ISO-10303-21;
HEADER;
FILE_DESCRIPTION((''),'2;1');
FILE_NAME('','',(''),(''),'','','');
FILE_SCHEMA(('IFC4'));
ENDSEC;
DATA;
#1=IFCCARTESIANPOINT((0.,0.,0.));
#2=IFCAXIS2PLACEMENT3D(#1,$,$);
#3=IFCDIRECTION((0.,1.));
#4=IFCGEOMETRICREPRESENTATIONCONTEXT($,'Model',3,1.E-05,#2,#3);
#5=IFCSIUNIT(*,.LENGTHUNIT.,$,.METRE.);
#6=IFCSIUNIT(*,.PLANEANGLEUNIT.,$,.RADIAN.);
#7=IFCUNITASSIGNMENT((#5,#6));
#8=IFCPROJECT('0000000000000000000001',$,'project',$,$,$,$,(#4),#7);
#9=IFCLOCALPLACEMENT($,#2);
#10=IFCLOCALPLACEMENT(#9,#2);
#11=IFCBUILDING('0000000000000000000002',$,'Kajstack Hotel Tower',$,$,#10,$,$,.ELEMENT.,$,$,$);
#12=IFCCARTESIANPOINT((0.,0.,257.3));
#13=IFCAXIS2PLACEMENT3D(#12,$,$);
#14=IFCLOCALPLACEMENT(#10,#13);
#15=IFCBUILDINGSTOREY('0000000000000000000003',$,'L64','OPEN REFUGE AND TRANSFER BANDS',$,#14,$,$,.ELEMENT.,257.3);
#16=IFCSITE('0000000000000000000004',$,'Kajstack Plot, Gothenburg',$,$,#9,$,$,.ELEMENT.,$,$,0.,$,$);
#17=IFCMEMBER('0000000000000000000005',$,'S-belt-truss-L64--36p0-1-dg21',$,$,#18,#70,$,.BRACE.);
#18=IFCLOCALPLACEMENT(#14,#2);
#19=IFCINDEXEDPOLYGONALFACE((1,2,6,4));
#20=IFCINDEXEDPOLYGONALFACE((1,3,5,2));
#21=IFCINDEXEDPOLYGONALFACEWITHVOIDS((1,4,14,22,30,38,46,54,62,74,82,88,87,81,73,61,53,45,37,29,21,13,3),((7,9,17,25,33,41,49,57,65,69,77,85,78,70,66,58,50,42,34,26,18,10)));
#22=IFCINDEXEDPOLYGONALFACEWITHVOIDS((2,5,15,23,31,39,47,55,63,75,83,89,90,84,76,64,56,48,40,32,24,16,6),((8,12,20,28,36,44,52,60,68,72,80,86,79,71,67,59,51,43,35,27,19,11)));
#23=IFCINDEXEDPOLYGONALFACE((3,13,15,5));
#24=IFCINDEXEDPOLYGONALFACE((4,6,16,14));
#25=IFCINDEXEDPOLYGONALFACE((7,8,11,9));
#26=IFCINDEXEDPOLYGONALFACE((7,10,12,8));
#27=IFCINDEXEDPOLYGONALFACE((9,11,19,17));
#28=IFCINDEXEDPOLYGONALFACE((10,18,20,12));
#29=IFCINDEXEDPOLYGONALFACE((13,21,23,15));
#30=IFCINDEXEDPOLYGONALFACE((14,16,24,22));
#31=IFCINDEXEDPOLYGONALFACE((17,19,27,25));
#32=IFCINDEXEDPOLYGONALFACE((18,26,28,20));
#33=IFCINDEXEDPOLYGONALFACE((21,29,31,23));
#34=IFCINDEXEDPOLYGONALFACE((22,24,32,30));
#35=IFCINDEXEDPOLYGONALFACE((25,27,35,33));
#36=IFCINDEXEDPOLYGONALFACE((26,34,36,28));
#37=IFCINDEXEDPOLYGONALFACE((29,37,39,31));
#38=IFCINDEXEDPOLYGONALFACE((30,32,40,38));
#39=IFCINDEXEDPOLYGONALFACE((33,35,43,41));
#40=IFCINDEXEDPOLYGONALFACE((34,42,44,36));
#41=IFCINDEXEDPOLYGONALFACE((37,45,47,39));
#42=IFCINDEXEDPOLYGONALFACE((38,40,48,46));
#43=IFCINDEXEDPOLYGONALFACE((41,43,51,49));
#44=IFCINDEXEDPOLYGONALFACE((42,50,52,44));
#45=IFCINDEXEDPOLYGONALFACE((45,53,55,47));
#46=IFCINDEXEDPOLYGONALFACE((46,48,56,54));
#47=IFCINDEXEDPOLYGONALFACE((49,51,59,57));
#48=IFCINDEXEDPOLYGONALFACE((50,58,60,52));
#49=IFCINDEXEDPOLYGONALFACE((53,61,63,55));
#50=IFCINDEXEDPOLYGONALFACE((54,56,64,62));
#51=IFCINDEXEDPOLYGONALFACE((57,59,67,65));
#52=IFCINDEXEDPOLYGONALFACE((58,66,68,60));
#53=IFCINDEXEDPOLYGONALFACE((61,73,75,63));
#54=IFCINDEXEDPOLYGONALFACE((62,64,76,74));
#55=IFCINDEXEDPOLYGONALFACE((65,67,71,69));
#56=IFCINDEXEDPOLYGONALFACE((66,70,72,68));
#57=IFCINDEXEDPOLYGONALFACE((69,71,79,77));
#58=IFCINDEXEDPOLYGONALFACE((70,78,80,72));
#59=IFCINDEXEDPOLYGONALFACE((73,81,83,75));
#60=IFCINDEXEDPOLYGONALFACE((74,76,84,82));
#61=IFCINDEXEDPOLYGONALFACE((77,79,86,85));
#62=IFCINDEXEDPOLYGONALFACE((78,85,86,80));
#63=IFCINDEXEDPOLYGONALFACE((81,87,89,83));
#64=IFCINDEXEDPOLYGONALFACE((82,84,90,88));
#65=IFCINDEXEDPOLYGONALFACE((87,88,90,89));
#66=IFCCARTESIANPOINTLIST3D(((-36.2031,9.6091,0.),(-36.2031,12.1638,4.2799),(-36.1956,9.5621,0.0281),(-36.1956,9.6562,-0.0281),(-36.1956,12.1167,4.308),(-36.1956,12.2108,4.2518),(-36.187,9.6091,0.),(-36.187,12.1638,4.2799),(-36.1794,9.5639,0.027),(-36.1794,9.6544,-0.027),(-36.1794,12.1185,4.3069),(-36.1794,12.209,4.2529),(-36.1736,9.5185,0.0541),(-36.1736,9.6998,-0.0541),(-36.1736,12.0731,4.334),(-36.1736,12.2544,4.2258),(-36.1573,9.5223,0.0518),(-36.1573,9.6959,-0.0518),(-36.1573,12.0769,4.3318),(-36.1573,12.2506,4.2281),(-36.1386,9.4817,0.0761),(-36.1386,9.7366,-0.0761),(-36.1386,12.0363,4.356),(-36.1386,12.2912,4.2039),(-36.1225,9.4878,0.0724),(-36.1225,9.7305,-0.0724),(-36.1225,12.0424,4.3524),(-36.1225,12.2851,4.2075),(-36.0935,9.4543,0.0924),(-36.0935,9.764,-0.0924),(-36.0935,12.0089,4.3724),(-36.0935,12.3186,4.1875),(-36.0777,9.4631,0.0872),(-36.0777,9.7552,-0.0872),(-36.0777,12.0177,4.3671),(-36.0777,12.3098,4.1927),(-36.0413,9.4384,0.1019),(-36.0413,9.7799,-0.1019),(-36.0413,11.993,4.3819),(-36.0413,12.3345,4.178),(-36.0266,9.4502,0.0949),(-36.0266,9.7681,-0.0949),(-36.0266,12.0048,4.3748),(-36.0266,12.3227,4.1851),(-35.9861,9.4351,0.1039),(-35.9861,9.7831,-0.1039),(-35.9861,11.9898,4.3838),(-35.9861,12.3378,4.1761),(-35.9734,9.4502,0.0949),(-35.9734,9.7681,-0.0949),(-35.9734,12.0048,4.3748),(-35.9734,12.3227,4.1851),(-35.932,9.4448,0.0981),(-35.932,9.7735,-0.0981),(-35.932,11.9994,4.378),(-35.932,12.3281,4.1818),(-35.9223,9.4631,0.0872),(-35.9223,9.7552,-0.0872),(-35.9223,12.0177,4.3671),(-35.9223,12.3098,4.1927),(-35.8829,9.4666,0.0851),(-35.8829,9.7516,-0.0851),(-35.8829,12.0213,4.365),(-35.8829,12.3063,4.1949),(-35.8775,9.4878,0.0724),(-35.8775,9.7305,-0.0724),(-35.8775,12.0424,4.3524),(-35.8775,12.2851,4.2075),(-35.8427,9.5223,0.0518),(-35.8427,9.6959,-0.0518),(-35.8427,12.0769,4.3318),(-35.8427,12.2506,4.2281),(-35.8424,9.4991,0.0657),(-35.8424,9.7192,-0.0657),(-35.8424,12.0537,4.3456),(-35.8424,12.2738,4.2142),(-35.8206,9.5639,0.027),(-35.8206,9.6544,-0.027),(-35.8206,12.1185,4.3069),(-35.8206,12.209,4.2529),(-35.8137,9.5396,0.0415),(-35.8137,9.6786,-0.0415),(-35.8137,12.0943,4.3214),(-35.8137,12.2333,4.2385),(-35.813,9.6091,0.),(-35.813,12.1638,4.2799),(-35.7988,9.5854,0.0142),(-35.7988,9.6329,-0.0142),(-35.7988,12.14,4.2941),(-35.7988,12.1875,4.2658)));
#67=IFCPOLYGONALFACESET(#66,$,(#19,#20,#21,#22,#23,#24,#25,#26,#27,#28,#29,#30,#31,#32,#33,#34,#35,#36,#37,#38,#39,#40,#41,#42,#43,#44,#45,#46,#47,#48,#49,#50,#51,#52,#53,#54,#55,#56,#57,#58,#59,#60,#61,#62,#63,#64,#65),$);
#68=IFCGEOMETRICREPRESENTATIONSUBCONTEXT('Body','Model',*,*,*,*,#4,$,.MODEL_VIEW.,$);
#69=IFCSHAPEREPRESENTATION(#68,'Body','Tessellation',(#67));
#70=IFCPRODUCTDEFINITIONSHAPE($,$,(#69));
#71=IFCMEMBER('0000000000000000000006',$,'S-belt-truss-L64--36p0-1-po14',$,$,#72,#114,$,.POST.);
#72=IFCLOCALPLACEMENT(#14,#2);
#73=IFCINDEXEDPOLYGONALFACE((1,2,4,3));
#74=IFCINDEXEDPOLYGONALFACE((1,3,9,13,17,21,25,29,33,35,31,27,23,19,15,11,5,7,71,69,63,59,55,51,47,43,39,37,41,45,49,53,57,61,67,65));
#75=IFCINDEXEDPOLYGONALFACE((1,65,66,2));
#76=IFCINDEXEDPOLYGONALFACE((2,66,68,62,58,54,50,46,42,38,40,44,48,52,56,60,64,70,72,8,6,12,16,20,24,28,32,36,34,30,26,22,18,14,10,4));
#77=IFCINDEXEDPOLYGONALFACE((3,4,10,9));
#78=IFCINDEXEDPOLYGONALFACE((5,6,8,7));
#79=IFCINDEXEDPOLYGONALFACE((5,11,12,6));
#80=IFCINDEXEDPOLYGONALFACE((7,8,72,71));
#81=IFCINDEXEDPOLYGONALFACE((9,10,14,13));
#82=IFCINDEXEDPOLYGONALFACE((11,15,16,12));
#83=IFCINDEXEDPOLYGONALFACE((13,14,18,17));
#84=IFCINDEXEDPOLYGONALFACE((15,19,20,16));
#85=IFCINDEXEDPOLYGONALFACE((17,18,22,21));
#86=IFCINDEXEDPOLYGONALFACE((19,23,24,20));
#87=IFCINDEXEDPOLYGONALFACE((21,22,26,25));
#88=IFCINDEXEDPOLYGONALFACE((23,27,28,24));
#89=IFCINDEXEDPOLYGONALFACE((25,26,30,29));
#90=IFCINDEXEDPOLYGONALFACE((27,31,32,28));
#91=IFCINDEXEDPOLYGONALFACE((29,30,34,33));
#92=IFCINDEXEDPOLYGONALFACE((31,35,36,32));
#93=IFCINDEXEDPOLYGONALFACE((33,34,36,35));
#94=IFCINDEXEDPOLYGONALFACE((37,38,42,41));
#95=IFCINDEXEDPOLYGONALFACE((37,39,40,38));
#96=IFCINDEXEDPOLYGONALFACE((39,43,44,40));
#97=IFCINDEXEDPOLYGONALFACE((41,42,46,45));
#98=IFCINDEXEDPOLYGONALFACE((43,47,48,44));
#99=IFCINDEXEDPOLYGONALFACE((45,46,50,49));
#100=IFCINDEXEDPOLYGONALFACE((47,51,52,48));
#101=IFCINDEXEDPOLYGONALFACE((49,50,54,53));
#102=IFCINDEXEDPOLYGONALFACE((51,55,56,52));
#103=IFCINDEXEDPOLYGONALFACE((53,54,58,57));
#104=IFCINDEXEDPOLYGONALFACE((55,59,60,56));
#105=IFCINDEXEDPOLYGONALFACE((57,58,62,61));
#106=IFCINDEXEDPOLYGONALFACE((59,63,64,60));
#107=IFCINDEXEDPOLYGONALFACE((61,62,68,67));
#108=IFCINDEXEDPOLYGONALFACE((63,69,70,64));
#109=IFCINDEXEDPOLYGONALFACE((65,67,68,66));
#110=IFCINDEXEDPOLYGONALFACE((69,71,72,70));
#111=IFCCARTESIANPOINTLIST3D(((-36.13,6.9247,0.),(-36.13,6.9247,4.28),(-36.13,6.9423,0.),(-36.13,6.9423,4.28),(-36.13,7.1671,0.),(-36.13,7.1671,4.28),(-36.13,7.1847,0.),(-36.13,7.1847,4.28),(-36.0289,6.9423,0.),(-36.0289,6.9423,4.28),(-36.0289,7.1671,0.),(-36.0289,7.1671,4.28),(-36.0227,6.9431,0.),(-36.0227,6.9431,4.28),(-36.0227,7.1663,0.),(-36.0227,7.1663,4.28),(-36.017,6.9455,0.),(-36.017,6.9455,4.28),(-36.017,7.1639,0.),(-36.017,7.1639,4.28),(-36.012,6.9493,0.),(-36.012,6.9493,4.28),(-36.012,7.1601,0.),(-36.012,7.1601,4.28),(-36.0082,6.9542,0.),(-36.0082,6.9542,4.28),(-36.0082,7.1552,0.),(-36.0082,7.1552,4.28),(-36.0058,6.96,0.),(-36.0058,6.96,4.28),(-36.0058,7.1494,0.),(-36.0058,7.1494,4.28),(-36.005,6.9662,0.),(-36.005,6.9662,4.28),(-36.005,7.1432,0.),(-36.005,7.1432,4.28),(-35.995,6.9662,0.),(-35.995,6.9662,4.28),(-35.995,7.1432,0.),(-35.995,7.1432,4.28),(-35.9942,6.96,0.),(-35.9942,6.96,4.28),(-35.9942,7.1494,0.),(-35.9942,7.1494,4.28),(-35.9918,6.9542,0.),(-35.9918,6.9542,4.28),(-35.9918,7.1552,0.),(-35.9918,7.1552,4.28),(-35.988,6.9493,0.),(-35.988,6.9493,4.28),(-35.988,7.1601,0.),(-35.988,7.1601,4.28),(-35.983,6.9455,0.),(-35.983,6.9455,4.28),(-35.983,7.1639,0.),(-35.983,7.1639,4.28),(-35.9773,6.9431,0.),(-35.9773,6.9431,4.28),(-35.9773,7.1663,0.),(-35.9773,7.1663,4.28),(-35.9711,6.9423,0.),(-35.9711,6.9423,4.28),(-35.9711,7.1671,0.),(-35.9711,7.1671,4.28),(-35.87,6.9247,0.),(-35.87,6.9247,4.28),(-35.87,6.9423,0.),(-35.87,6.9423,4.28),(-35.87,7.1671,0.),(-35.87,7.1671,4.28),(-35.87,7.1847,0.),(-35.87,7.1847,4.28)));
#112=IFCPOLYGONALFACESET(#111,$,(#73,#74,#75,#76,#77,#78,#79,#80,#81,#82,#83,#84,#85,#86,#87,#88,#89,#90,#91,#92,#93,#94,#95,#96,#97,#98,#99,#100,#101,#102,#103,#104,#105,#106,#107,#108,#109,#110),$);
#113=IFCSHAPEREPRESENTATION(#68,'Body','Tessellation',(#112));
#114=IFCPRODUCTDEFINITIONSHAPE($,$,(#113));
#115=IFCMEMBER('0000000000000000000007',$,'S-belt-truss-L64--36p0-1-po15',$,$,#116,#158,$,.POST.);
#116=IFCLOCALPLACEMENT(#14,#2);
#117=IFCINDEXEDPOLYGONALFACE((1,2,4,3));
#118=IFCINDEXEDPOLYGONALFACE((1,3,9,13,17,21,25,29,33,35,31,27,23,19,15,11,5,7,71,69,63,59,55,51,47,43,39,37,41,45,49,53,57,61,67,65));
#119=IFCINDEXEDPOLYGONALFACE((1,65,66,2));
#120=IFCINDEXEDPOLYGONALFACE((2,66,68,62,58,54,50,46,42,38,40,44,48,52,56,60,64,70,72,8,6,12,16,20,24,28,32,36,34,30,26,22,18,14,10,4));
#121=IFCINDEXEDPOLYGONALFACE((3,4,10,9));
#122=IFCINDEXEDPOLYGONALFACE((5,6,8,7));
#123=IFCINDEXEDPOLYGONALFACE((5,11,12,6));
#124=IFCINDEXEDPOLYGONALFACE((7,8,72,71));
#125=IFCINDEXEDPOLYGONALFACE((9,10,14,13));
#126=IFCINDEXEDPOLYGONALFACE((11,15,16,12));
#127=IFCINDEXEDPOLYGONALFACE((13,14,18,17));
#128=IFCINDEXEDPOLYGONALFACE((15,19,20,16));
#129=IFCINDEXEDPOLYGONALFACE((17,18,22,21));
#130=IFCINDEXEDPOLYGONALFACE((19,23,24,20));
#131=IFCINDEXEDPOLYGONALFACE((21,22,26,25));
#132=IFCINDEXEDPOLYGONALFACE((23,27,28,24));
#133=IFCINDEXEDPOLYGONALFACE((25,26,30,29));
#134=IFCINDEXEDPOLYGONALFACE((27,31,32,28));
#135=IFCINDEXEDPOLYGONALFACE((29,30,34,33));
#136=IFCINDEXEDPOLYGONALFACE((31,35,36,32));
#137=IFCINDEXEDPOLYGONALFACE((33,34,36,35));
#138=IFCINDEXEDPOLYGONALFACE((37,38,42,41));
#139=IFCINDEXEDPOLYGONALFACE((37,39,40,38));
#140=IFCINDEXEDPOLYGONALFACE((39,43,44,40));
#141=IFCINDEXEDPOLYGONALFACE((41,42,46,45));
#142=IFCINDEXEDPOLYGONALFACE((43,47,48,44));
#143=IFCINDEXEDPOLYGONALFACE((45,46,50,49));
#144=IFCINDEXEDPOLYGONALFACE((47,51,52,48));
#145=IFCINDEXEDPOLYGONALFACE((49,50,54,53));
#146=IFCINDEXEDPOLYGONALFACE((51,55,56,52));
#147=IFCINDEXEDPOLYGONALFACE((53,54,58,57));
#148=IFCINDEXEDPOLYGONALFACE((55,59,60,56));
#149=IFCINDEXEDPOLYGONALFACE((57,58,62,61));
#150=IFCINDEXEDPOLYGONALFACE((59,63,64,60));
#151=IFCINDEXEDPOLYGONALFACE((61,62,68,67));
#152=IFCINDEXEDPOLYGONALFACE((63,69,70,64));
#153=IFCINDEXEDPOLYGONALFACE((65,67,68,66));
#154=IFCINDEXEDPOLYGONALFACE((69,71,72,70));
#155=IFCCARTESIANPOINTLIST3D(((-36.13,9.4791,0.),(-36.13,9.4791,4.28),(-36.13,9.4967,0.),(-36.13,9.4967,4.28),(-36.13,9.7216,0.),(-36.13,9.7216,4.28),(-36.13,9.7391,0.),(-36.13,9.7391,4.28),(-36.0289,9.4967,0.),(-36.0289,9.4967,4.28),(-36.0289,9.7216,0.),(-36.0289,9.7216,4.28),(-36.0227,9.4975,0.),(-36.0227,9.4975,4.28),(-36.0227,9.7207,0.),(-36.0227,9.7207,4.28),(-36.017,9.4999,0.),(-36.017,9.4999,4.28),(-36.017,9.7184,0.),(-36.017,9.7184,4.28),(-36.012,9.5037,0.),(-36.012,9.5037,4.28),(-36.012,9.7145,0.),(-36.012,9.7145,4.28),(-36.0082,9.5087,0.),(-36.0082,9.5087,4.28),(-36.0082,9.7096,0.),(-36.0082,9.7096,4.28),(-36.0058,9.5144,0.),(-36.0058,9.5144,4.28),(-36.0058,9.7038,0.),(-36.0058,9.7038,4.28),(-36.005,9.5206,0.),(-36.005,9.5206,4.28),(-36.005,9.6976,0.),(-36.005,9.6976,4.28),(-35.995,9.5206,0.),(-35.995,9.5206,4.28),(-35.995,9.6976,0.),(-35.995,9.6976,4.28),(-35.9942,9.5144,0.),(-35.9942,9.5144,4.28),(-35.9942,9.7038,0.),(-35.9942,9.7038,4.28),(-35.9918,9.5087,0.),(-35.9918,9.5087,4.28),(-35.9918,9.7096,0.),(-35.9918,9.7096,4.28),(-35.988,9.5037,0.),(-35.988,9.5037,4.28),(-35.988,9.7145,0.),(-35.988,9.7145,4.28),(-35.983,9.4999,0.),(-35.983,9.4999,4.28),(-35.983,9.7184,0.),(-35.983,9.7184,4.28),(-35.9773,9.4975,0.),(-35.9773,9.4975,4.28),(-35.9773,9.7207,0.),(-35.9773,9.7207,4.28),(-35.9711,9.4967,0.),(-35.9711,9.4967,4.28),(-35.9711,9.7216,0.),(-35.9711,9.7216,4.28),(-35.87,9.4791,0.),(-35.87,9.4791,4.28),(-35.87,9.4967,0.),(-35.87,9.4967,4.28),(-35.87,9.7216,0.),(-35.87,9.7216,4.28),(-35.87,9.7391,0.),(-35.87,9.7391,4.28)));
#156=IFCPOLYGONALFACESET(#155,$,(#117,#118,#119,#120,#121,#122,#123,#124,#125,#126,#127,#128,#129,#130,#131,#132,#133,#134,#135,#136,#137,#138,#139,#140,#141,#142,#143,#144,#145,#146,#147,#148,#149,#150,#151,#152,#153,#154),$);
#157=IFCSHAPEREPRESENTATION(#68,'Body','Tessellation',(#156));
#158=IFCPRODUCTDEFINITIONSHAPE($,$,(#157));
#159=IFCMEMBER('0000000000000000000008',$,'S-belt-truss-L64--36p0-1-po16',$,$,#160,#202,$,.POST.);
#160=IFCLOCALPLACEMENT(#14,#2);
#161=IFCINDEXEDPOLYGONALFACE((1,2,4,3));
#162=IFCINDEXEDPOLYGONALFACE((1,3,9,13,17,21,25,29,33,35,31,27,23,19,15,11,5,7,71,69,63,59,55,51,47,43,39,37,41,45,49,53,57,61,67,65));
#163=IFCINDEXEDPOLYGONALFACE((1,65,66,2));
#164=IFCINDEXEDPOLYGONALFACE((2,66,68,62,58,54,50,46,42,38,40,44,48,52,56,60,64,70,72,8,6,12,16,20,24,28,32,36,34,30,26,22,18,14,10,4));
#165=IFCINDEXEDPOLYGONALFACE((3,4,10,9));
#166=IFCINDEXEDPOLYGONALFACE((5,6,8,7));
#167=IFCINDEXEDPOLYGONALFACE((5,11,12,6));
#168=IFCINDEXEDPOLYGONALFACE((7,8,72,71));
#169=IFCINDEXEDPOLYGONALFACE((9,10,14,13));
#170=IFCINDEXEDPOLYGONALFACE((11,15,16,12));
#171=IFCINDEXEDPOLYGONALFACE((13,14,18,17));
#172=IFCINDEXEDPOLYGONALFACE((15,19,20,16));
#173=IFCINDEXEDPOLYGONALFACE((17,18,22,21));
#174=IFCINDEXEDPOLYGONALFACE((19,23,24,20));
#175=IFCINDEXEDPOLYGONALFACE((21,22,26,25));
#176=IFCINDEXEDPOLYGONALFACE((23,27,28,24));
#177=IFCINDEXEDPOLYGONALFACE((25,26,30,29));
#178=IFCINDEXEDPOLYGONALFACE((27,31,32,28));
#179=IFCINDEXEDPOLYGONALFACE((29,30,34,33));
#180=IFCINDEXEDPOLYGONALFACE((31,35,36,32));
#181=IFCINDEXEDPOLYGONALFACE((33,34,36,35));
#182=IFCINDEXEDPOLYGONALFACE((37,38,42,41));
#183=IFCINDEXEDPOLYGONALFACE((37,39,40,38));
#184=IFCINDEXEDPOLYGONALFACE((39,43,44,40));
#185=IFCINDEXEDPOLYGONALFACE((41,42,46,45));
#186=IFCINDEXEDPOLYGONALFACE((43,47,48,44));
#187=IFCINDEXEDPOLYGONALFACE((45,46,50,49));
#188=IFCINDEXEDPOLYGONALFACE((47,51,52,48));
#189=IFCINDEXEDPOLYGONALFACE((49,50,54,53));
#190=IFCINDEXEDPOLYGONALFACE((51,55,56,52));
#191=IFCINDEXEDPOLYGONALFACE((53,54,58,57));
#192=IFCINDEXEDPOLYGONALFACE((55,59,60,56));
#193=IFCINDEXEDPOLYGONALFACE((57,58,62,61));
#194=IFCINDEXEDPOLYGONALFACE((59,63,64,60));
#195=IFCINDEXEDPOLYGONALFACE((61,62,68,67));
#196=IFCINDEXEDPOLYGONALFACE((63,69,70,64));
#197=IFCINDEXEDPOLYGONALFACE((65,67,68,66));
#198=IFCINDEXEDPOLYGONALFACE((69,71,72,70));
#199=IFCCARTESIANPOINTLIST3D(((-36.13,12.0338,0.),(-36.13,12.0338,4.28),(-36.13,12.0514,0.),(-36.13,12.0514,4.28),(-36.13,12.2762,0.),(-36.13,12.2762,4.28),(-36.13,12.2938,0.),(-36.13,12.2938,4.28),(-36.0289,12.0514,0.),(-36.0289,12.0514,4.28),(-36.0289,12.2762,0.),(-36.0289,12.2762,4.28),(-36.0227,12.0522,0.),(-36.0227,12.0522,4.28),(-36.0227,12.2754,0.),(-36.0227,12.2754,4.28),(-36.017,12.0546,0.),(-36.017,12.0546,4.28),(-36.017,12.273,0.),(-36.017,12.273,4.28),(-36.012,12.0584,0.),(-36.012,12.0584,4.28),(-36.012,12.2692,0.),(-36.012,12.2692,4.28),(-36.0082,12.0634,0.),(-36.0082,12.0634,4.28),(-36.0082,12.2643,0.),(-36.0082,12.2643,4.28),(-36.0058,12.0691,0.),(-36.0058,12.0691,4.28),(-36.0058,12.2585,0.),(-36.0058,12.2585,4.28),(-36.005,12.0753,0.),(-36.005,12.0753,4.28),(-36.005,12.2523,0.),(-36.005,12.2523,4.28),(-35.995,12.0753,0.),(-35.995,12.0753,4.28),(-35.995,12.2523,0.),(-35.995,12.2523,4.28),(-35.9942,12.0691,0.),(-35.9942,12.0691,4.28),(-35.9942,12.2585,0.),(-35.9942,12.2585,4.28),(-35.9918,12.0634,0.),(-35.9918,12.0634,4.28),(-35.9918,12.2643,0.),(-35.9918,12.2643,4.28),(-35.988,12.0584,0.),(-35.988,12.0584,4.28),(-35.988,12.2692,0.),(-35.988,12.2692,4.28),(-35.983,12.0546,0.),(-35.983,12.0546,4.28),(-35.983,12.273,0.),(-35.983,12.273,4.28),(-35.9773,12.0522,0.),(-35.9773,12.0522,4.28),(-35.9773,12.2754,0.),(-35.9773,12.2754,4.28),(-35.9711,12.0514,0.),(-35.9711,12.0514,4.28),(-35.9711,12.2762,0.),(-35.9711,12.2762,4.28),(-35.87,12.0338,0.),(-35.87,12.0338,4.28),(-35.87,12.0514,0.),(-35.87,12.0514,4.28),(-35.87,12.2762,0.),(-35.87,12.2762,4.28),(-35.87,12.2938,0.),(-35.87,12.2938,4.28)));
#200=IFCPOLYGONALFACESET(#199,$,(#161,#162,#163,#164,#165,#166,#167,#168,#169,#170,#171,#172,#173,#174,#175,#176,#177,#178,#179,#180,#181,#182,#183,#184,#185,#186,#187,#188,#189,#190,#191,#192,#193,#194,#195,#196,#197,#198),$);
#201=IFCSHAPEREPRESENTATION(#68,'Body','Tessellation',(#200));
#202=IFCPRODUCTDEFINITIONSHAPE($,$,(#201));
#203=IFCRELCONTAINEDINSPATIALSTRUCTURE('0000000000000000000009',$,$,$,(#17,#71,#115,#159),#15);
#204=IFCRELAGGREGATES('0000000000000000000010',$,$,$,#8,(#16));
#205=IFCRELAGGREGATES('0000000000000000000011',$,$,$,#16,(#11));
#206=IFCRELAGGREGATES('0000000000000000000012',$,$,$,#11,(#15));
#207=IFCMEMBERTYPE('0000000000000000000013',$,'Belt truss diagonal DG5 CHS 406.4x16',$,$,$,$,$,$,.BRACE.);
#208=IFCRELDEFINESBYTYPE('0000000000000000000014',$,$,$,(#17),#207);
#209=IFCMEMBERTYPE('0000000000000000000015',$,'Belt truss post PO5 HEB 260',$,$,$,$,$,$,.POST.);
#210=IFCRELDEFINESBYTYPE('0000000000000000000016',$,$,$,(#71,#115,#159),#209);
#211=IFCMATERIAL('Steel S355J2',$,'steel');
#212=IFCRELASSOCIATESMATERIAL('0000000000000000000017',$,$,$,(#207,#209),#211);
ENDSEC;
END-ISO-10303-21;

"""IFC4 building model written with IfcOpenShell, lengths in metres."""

from ifc_helpers import new_model, si_unit, direction, frame, origin, origin_2d, place, context, subcontext, project, spatial, hollow_circle, i_section, extrude, material, material_profile, profile_set, type_object, element, save


model = new_model("IFC4")

# Units and contexts
model_context = context("Model", 3, precision=1e-05, world=origin(), true_north=direction((0.0, 1.0)))
body_context = subcontext(model_context, "Body", "Model", "MODEL_VIEW")
ifc_project = project(units=[si_unit("LENGTHUNIT", "METRE"), si_unit("PLANEANGLEUNIT", "RADIAN")], contexts=[model_context])

# Site, building, storey
site_placement = place(None, origin())
site = spatial("IfcSite", under=ifc_project, at=site_placement, Name="Kajstack Plot, Gothenburg", CompositionType="ELEMENT", RefElevation=0.0)
building_placement = place(site_placement, origin())
building = spatial("IfcBuilding", under=site, at=building_placement, Name="Kajstack Hotel Tower", CompositionType="ELEMENT")
storey_placement = place(building_placement, frame((0.0, 0.0, 257.3)))
storey = spatial("IfcBuildingStorey", under=building, at=storey_placement, Name="L64", Description="OPEN REFUGE AND TRANSFER BANDS", CompositionType="ELEMENT", Elevation=257.3)

# Members
ifc_material = material(Name="Steel S355J2", Category="steel")
ifc_material_profile_1 = material_profile(ifc_material, hollow_circle(Radius=0.2031, WallThickness=0.0161, at=origin_2d()), Name="CHS 406.4x16")
ifc_profile_set_1 = profile_set([ifc_material_profile_1], Name="Steel S355J2")
member_type_1 = type_object("IfcMemberType", Name="Belt truss diagonal DG5 CHS 406.4x16", PredefinedType="BRACE", material=ifc_profile_set_1)
for number, where, z_axis, x_axis, name in (
    (1, (-36.0, 9.6091, 0.0), (0.0, 0.512528, 0.858671), (-1.0, 0.0, 0.0), "S-belt-truss-L64--36p0-1-dg21"),
):
    element("IfcMember", number, at=place(storey_placement, frame(where, z_axis=z_axis, x_axis=x_axis)), inside=storey, type_object=member_type_1, Name=name, PredefinedType="BRACE", context=body_context, shape_type="SweptSolid", body=[
        extrude(hollow_circle(Radius=0.2031, WallThickness=0.0161, at=origin_2d()), origin(), (0.0, 0.0, 1.0), 4.9844),
    ])
ifc_material_profile_2 = material_profile(ifc_material, i_section(OverallWidth=0.26, OverallDepth=0.26, WebThickness=0.01, FlangeThickness=0.0176, FilletRadius=0.0239, at=origin_2d()), Name="HEB 260")
ifc_profile_set_2 = profile_set([ifc_material_profile_2], Name="Steel S355J2")
member_type_2 = type_object("IfcMemberType", Name="Belt truss post PO5 HEB 260", PredefinedType="POST", material=ifc_profile_set_2)
for number, where, z_axis, x_axis, name in (
    (2, (-36.0, 7.0547, 0.0), (0.0, 0.0, 1.0), (1.0, 0.0, 0.0), "S-belt-truss-L64--36p0-1-po14"),
    (3, (-36.0, 9.6091, 0.0), (0.0, 0.0, 1.0), (1.0, 0.0, 0.0), "S-belt-truss-L64--36p0-1-po15"),
    (4, (-36.0, 12.1638, 0.0), (0.0, 0.0, 1.0), (1.0, 0.0, 0.0), "S-belt-truss-L64--36p0-1-po16"),
):
    element("IfcMember", number, at=place(storey_placement, frame(where, z_axis=z_axis, x_axis=x_axis)), inside=storey, type_object=member_type_2, Name=name, PredefinedType="POST", context=body_context, shape_type="SweptSolid", body=[
        extrude(i_section(OverallWidth=0.26, OverallDepth=0.26, WebThickness=0.01, FlangeThickness=0.0176, FilletRadius=0.0239, at=origin_2d()), origin(), (0.0, 0.0, 1.0), 4.28),
    ])

save(model, "model.ifc")
